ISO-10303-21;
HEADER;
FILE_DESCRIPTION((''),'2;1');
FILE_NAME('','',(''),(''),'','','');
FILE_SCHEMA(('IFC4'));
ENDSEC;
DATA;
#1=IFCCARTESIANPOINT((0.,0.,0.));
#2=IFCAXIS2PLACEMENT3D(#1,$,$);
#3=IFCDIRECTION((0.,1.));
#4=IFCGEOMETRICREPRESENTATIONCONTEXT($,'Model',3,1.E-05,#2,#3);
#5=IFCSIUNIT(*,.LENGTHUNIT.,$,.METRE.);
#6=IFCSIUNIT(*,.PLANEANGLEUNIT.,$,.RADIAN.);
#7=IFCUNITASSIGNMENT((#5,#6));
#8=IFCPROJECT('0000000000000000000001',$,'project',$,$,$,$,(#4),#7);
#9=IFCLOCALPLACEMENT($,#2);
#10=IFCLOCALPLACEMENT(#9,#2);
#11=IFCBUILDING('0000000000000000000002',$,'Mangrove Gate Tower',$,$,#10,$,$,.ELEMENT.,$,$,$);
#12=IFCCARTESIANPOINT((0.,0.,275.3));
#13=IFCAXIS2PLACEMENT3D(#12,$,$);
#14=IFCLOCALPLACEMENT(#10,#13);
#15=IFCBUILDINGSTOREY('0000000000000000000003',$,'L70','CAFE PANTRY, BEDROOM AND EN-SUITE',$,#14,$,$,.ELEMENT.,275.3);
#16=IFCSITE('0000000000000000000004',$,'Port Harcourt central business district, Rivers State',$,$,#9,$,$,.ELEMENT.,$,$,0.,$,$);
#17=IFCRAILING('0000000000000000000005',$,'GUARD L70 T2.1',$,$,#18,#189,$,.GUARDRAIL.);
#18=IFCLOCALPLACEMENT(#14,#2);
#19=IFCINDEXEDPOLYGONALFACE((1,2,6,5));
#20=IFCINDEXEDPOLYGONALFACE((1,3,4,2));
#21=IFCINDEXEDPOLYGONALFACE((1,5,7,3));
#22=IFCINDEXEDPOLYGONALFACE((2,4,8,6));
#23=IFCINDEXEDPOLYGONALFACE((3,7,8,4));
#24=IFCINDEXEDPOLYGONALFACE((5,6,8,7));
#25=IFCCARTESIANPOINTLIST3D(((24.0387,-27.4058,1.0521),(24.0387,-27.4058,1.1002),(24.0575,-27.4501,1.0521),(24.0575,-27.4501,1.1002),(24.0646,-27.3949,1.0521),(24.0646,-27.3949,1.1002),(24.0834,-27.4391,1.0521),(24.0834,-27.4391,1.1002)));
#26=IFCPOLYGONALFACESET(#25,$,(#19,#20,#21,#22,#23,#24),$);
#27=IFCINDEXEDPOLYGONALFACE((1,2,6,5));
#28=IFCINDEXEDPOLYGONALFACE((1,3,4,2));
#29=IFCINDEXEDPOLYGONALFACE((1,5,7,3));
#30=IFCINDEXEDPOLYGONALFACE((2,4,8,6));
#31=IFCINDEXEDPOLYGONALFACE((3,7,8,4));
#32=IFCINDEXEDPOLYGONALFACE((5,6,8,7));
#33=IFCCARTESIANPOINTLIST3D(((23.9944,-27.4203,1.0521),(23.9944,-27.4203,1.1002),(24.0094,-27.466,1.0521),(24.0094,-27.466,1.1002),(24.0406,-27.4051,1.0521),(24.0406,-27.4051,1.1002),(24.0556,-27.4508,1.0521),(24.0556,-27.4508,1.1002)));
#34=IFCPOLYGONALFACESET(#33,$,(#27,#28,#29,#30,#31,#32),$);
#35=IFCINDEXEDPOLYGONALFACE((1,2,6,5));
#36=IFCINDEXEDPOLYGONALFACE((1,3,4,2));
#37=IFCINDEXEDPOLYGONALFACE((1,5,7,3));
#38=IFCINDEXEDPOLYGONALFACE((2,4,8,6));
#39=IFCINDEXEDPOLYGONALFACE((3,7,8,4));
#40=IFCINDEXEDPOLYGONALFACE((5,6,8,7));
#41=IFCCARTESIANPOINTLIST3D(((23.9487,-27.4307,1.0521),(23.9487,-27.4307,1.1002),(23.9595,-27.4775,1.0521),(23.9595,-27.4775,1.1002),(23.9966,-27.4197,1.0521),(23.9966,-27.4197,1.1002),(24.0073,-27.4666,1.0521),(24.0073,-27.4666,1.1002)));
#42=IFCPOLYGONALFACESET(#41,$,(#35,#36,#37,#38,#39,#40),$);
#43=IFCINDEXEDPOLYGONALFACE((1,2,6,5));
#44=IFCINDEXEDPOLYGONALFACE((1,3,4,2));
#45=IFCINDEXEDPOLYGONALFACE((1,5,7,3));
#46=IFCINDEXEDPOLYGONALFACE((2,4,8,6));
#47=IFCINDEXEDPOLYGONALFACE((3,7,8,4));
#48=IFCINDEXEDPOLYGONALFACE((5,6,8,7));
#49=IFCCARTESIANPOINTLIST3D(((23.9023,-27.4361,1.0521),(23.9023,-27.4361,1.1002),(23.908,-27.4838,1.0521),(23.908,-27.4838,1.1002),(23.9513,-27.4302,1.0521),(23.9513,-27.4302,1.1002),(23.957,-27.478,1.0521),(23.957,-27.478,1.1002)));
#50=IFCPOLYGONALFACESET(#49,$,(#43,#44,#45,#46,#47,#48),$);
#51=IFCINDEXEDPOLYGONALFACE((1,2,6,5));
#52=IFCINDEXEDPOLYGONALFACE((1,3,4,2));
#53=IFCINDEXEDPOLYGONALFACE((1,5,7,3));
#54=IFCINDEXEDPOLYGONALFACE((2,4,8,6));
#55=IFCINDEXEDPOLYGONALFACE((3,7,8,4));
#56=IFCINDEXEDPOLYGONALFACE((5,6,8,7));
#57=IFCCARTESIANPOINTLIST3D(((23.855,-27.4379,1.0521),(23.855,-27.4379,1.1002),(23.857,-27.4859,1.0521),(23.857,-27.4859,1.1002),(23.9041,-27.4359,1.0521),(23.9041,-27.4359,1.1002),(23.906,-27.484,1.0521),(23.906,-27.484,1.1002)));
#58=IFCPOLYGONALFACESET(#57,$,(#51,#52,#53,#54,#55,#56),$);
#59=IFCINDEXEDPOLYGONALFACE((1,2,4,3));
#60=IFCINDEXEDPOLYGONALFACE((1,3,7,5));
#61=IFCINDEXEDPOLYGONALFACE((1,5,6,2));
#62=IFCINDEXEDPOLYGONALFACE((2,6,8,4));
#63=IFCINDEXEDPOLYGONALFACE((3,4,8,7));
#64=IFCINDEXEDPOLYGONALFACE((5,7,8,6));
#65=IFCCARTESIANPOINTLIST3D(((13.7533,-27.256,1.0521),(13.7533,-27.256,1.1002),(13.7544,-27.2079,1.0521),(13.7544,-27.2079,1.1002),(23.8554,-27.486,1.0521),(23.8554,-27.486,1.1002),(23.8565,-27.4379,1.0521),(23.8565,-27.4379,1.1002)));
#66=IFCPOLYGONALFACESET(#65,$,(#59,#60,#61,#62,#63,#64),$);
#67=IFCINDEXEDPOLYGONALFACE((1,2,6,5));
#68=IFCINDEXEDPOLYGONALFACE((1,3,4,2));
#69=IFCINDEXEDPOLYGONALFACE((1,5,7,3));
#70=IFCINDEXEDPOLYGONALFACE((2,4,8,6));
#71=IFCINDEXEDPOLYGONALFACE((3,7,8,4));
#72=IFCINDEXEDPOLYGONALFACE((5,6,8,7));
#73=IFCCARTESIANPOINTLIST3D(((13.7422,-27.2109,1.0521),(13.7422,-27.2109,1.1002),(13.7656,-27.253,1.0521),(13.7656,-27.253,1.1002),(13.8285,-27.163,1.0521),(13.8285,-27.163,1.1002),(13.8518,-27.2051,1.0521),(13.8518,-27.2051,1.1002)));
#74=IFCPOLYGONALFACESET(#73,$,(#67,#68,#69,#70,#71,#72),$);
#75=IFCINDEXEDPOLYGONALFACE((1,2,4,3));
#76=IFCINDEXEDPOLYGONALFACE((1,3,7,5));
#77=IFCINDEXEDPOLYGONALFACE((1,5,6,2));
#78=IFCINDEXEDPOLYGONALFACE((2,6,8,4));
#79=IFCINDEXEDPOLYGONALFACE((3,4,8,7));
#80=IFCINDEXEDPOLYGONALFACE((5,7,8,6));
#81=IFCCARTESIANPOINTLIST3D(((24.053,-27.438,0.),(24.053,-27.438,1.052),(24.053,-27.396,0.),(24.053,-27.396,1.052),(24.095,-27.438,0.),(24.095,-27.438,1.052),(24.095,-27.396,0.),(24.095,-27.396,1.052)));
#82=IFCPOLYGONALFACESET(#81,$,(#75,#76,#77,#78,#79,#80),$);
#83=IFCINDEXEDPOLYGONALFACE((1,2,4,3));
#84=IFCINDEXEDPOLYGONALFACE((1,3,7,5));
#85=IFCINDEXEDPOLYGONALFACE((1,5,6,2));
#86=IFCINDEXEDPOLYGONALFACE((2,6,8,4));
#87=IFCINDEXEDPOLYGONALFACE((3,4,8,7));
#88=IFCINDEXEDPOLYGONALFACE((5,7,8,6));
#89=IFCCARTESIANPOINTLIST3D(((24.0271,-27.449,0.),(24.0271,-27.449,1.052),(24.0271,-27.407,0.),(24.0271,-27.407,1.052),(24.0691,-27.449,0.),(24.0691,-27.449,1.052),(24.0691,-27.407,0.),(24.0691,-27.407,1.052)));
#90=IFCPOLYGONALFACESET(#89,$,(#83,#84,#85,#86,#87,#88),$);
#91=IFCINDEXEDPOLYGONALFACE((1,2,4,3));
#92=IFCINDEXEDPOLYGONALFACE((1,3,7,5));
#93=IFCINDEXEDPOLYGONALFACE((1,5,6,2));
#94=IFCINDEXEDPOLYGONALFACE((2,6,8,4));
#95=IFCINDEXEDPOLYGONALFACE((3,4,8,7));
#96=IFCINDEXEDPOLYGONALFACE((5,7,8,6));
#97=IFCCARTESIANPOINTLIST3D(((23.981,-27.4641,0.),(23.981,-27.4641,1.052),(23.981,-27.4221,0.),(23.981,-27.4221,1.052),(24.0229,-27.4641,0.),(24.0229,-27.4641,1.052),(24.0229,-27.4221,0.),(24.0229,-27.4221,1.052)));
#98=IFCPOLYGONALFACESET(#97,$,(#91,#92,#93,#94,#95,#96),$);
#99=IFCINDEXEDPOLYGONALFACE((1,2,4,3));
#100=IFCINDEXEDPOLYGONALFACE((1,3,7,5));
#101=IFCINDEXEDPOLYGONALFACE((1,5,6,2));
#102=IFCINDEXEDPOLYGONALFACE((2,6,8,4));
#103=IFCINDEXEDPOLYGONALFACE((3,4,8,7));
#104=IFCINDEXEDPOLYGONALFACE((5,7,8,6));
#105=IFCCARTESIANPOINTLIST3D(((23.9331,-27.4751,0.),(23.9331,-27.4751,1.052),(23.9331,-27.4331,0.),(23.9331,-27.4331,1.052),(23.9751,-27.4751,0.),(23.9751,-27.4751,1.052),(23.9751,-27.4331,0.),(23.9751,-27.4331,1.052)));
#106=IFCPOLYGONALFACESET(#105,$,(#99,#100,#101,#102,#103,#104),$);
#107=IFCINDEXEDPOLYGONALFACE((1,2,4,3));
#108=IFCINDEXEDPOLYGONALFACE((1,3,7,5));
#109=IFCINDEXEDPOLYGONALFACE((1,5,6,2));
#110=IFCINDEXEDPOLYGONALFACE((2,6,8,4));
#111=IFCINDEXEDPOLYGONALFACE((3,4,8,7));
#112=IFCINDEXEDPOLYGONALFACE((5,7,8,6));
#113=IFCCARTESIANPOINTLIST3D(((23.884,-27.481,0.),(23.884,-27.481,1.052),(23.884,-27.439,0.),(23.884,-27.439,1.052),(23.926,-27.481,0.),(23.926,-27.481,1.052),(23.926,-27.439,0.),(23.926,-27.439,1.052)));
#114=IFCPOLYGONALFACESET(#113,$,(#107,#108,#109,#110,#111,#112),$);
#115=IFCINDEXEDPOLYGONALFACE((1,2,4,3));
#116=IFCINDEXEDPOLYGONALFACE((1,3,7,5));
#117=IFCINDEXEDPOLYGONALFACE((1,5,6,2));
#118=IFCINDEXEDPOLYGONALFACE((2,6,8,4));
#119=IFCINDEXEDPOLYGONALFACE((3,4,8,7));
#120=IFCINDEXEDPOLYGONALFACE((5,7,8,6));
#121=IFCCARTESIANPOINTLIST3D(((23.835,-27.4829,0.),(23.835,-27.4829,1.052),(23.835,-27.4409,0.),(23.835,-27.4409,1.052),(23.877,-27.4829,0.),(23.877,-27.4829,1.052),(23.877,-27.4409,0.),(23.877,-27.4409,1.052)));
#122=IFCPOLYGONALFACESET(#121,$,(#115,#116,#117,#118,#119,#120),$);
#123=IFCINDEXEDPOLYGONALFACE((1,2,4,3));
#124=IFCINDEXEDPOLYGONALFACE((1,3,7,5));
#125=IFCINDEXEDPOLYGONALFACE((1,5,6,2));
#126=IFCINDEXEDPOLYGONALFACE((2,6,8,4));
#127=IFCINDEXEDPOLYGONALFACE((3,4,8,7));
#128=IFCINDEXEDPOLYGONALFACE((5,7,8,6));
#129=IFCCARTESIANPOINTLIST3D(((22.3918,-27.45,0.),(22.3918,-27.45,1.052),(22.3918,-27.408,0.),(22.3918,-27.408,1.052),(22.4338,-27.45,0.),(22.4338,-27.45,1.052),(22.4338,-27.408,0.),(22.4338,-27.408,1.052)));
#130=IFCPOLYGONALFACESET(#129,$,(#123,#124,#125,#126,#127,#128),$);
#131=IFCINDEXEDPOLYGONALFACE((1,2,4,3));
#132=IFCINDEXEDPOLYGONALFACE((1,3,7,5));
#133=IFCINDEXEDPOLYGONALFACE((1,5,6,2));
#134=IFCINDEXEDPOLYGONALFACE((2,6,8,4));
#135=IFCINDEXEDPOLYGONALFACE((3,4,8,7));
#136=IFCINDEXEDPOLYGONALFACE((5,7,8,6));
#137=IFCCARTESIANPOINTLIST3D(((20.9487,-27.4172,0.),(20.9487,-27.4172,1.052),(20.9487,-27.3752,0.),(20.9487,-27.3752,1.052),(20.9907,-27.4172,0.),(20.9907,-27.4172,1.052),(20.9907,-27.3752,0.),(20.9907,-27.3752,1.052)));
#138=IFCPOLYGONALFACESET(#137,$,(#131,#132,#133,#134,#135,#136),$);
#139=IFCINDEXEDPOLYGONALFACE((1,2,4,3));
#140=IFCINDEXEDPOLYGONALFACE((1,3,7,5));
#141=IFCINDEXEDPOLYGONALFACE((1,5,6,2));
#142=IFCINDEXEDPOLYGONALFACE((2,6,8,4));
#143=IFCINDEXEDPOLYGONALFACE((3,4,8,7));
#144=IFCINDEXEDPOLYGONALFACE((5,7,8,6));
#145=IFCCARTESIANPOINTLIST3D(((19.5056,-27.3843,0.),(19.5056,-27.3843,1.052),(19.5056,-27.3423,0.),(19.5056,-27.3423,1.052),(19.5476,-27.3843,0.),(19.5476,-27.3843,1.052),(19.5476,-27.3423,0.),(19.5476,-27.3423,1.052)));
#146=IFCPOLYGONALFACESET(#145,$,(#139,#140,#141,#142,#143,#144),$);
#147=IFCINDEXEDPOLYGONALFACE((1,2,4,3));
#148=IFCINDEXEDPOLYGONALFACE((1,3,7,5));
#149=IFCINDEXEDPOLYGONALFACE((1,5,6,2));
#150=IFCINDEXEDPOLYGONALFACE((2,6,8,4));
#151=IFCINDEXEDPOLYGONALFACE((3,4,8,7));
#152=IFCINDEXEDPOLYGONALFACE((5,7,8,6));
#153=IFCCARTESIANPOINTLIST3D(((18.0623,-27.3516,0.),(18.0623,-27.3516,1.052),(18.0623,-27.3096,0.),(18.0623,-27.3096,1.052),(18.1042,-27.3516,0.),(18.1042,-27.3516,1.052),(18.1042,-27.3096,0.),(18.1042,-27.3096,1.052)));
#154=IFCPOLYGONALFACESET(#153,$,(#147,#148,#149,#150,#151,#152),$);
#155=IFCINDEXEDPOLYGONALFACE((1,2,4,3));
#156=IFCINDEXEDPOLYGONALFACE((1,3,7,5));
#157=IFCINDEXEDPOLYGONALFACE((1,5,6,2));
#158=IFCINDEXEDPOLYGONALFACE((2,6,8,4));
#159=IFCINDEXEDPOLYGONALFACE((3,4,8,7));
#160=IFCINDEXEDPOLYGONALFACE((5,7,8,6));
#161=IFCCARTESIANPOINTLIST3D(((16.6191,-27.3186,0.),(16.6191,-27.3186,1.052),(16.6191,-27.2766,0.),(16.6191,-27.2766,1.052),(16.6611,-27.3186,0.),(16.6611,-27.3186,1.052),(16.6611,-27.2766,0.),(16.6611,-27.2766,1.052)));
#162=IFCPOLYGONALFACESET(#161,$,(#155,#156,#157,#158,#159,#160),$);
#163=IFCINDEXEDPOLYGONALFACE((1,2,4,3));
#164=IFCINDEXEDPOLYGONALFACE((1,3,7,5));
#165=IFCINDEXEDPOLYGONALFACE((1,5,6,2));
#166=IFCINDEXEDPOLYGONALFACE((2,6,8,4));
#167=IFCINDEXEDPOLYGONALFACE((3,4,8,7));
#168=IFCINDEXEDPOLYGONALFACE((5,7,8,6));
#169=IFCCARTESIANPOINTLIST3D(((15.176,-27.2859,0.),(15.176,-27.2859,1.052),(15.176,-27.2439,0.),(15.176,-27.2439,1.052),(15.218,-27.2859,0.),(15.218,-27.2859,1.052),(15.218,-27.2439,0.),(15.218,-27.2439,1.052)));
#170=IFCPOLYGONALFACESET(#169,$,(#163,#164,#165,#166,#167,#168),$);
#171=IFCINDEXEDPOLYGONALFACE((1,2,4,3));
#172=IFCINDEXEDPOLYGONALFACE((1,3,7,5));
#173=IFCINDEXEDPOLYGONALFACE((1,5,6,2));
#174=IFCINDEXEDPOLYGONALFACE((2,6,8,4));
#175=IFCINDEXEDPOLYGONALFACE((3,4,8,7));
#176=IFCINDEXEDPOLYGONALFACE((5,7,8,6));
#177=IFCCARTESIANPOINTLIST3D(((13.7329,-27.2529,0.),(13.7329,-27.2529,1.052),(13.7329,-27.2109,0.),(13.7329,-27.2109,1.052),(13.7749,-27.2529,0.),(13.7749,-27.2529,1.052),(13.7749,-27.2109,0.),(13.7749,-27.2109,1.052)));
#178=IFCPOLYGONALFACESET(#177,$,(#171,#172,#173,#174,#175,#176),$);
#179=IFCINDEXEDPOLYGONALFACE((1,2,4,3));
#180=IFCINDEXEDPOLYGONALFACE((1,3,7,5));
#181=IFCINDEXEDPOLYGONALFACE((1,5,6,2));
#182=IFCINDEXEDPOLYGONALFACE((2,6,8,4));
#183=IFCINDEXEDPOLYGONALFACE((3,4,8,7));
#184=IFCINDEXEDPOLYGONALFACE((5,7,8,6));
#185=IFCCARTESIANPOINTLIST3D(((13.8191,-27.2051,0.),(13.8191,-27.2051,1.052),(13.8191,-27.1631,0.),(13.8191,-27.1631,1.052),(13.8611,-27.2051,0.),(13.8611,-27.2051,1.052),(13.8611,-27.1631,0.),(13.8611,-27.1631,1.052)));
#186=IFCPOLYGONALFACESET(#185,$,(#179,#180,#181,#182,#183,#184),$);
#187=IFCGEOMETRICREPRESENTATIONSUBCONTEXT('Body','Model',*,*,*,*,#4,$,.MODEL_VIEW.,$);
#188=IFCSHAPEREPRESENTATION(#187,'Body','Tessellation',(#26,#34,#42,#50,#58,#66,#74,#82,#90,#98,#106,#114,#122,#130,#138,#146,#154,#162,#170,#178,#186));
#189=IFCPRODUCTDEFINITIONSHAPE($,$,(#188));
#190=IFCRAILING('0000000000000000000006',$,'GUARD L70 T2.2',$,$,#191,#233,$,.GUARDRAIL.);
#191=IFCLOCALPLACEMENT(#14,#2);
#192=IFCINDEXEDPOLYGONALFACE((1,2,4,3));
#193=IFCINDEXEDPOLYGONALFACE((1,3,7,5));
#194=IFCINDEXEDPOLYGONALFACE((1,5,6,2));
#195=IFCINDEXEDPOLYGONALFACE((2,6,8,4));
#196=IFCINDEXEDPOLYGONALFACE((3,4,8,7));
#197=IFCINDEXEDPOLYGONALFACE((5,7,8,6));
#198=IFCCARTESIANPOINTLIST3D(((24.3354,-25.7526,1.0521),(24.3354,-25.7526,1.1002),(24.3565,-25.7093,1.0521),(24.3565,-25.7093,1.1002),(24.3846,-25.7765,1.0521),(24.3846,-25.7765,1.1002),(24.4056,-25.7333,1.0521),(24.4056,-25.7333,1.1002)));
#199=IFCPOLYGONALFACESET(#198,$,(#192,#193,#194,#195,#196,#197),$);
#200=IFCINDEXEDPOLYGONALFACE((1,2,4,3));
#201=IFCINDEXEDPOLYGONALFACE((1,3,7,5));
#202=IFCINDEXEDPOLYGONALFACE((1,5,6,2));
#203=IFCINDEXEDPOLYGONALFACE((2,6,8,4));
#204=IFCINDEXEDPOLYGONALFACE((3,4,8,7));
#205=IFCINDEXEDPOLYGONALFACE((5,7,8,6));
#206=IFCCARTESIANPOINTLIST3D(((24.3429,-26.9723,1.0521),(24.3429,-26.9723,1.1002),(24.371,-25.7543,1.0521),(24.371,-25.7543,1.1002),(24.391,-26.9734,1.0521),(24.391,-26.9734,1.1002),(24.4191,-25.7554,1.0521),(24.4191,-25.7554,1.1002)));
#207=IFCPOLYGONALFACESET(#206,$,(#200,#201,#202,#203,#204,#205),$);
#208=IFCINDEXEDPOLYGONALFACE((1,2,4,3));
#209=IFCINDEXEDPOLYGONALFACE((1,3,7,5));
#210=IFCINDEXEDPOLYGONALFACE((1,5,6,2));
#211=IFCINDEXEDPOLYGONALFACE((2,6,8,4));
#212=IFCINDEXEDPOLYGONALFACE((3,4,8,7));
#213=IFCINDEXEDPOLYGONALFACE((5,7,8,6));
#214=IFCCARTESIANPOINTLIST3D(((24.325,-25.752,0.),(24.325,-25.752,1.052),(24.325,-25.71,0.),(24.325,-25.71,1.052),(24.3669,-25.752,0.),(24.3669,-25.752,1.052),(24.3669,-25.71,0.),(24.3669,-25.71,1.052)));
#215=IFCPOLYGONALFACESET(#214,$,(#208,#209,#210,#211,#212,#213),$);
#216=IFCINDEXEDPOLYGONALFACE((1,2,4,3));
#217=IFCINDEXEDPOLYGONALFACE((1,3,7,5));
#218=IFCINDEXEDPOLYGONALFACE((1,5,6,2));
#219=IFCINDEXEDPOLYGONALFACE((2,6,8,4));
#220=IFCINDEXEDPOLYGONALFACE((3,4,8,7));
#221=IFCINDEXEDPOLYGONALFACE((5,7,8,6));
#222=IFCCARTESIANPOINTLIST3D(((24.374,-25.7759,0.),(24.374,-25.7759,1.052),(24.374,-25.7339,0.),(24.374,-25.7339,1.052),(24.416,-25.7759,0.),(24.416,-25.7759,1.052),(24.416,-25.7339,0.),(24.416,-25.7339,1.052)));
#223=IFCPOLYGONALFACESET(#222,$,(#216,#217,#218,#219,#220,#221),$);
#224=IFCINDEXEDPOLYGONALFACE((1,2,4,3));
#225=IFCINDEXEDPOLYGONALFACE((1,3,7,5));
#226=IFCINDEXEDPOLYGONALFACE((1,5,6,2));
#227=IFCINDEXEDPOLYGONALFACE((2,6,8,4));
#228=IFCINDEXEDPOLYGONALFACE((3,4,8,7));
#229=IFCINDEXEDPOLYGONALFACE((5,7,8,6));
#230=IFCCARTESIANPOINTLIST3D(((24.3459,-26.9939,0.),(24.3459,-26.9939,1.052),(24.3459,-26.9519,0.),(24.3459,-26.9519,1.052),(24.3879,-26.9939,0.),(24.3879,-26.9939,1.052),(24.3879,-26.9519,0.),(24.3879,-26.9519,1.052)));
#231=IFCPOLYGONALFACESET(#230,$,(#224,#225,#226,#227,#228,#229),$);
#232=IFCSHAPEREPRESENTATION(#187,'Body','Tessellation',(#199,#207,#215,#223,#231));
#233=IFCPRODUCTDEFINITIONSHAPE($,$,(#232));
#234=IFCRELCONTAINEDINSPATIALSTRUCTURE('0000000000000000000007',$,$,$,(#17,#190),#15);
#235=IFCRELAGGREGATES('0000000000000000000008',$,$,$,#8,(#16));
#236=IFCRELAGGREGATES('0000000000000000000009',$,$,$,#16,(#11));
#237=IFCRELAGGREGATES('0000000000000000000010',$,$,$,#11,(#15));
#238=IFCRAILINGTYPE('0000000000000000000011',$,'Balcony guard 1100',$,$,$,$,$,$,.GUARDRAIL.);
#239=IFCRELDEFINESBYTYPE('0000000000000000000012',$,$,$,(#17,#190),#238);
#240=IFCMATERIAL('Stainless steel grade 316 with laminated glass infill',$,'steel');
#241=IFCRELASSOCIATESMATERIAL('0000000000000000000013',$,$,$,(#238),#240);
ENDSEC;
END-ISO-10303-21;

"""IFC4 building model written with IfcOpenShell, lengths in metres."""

from ifc_helpers import new_model, si_unit, direction, frame, origin, origin_2d, place, context, subcontext, project, spatial, rectangle, extrude, material, type_object, element, save


model = new_model("IFC4")

# Units and contexts
model_context = context("Model", 3, precision=1e-05, world=origin(), true_north=direction((0.0, 1.0)))
body_context = subcontext(model_context, "Body", "Model", "MODEL_VIEW")
ifc_project = project(units=[si_unit("LENGTHUNIT", "METRE"), si_unit("PLANEANGLEUNIT", "RADIAN")], contexts=[model_context])

# Site, building, storey
site_placement = place(None, origin())
site = spatial("IfcSite", under=ifc_project, at=site_placement, Name="Port Harcourt central business district, Rivers State", CompositionType="ELEMENT", RefElevation=0.0)
building_placement = place(site_placement, origin())
building = spatial("IfcBuilding", under=site, at=building_placement, Name="Mangrove Gate Tower", CompositionType="ELEMENT")
storey_placement = place(building_placement, frame((0.0, 0.0, 275.3)))
storey = spatial("IfcBuildingStorey", under=building, at=storey_placement, Name="L70", Description="CAFE PANTRY, BEDROOM AND EN-SUITE", CompositionType="ELEMENT", Elevation=275.3)

# Railings
ifc_material_1 = material(Name="Stainless steel grade 316 with laminated glass infill", Category="steel")
railing_type = type_object("IfcRailingType", Name="Balcony guard 1100", PredefinedType="GUARDRAIL", material=ifc_material_1)
railing_1_placement = place(storey_placement, frame((24.074, -27.417, 0.0)))
element("IfcRailing", 1, at=railing_1_placement, inside=storey, type_object=railing_type, Name="GUARD L70 T2.1", PredefinedType="GUARDRAIL", context=body_context, shape_type="SweptSolid", body=[
    extrude(rectangle(XDim=0.0481, YDim=0.0481, at=origin_2d()), frame((0.0, 0.0, 1.0762), z_axis=(-0.920487, -0.390773, 0.0), x_axis=(0.390773, -0.920487, 0.0)), (0.0, 0.0, 1.0), 0.0281),
    extrude(rectangle(XDim=0.0481, YDim=0.0481, at=origin_2d()), frame((-0.0259, -0.011, 1.0762), z_axis=(-0.950181, -0.311699, 0.0), x_axis=(0.311699, -0.950181, 0.0)), (0.0, 0.0, 1.0), 0.0486),
    extrude(rectangle(XDim=0.0481, YDim=0.0481, at=origin_2d()), frame((-0.072, -0.0261, 1.0762), z_axis=(-0.974642, -0.22377, 0.0), x_axis=(0.22377, -0.974642, 0.0)), (0.0, 0.0, 1.0), 0.0491),
    extrude(rectangle(XDim=0.0481, YDim=0.0481, at=origin_2d()), frame((-0.1199, -0.0371, 1.0762), z_axis=(-0.992947, -0.118561, 0.0), x_axis=(0.118561, -0.992947, 0.0)), (0.0, 0.0, 1.0), 0.0493),
    extrude(rectangle(XDim=0.0481, YDim=0.0481, at=origin_2d()), frame((-0.1689, -0.043, 1.0762), z_axis=(-0.999209, -0.03977, 0.0), x_axis=(0.03977, -0.999209, 0.0)), (0.0, 0.0, 1.0), 0.0491),
    extrude(rectangle(XDim=0.0481, YDim=0.0481, at=origin_2d()), frame((-0.218, -0.0449, 1.0762), z_axis=(-0.999741, 0.02276, 0.0), x_axis=(-0.02276, -0.999741, 0.0)), (0.0, 0.0, 1.0), 10.1047),
    extrude(rectangle(XDim=0.0481, YDim=0.0481, at=origin_2d()), frame((-10.3201, 0.1851, 1.0762), z_axis=(0.874274, 0.485433, 0.0), x_axis=(-0.485433, 0.874274, 0.0)), (0.0, 0.0, 1.0), 0.0986),
    extrude(rectangle(XDim=0.042, YDim=0.042, at=origin_2d()), origin(), (0.0, 0.0, 1.0), 1.052),
    extrude(rectangle(XDim=0.042, YDim=0.042, at=origin_2d()), frame((-0.0259, -0.011, 0.0)), (0.0, 0.0, 1.0), 1.052),
    extrude(rectangle(XDim=0.042, YDim=0.042, at=origin_2d()), frame((-0.072, -0.0261, 0.0)), (0.0, 0.0, 1.0), 1.052),
    extrude(rectangle(XDim=0.042, YDim=0.042, at=origin_2d()), frame((-0.1199, -0.0371, 0.0)), (0.0, 0.0, 1.0), 1.052),
    extrude(rectangle(XDim=0.042, YDim=0.042, at=origin_2d()), frame((-0.1689, -0.043, 0.0)), (0.0, 0.0, 1.0), 1.052),
    extrude(rectangle(XDim=0.042, YDim=0.042, at=origin_2d()), frame((-0.218, -0.0449, 0.0)), (0.0, 0.0, 1.0), 1.052),
    extrude(rectangle(XDim=0.042, YDim=0.042, at=origin_2d()), frame((-1.6611, -0.012, 0.0)), (0.0, 0.0, 1.0), 1.052),
    extrude(rectangle(XDim=0.042, YDim=0.042, at=origin_2d()), frame((-3.1042, 0.0208, 0.0)), (0.0, 0.0, 1.0), 1.052),
    extrude(rectangle(XDim=0.042, YDim=0.042, at=origin_2d()), frame((-4.5474, 0.0537, 0.0)), (0.0, 0.0, 1.0), 1.052),
    extrude(rectangle(XDim=0.042, YDim=0.042, at=origin_2d()), frame((-5.9907, 0.0864, 0.0)), (0.0, 0.0, 1.0), 1.052),
    extrude(rectangle(XDim=0.042, YDim=0.042, at=origin_2d()), frame((-7.4338, 0.1194, 0.0)), (0.0, 0.0, 1.0), 1.052),
    extrude(rectangle(XDim=0.042, YDim=0.042, at=origin_2d()), frame((-8.877, 0.1521, 0.0)), (0.0, 0.0, 1.0), 1.052),
    extrude(rectangle(XDim=0.042, YDim=0.042, at=origin_2d()), frame((-10.3201, 0.1851, 0.0)), (0.0, 0.0, 1.0), 1.052),
    extrude(rectangle(XDim=0.042, YDim=0.042, at=origin_2d()), frame((-10.2339, 0.2329, 0.0)), (0.0, 0.0, 1.0), 1.052),
])
railing_2_placement = place(storey_placement, frame((24.3459, -25.731, 0.0)))
element("IfcRailing", 2, at=railing_2_placement, inside=storey, type_object=railing_type, Name="GUARD L70 T2.2", PredefinedType="GUARDRAIL", context=body_context, shape_type="SweptSolid", body=[
    extrude(rectangle(XDim=0.0481, YDim=0.0481, at=origin_2d()), frame((0.0, 0.0, 1.0762), z_axis=(0.898854, -0.438247, 0.0), x_axis=(0.438247, 0.898854, 0.0)), (0.0, 0.0, 1.0), 0.0547),
    extrude(rectangle(XDim=0.0481, YDim=0.0481, at=origin_2d()), frame((0.0491, -0.0239, 1.0762), z_axis=(-0.023045, -0.999734, 0.0), x_axis=(0.999734, -0.023045, 0.0)), (0.0, 0.0, 1.0), 1.2183),
    extrude(rectangle(XDim=0.042, YDim=0.042, at=origin_2d()), origin(), (0.0, 0.0, 1.0), 1.052),
    extrude(rectangle(XDim=0.042, YDim=0.042, at=origin_2d()), frame((0.0491, -0.0239, 0.0)), (0.0, 0.0, 1.0), 1.052),
    extrude(rectangle(XDim=0.042, YDim=0.042, at=origin_2d()), frame((0.021, -1.2419, 0.0)), (0.0, 0.0, 1.0), 1.052),
])

save(model, "model.ifc")
